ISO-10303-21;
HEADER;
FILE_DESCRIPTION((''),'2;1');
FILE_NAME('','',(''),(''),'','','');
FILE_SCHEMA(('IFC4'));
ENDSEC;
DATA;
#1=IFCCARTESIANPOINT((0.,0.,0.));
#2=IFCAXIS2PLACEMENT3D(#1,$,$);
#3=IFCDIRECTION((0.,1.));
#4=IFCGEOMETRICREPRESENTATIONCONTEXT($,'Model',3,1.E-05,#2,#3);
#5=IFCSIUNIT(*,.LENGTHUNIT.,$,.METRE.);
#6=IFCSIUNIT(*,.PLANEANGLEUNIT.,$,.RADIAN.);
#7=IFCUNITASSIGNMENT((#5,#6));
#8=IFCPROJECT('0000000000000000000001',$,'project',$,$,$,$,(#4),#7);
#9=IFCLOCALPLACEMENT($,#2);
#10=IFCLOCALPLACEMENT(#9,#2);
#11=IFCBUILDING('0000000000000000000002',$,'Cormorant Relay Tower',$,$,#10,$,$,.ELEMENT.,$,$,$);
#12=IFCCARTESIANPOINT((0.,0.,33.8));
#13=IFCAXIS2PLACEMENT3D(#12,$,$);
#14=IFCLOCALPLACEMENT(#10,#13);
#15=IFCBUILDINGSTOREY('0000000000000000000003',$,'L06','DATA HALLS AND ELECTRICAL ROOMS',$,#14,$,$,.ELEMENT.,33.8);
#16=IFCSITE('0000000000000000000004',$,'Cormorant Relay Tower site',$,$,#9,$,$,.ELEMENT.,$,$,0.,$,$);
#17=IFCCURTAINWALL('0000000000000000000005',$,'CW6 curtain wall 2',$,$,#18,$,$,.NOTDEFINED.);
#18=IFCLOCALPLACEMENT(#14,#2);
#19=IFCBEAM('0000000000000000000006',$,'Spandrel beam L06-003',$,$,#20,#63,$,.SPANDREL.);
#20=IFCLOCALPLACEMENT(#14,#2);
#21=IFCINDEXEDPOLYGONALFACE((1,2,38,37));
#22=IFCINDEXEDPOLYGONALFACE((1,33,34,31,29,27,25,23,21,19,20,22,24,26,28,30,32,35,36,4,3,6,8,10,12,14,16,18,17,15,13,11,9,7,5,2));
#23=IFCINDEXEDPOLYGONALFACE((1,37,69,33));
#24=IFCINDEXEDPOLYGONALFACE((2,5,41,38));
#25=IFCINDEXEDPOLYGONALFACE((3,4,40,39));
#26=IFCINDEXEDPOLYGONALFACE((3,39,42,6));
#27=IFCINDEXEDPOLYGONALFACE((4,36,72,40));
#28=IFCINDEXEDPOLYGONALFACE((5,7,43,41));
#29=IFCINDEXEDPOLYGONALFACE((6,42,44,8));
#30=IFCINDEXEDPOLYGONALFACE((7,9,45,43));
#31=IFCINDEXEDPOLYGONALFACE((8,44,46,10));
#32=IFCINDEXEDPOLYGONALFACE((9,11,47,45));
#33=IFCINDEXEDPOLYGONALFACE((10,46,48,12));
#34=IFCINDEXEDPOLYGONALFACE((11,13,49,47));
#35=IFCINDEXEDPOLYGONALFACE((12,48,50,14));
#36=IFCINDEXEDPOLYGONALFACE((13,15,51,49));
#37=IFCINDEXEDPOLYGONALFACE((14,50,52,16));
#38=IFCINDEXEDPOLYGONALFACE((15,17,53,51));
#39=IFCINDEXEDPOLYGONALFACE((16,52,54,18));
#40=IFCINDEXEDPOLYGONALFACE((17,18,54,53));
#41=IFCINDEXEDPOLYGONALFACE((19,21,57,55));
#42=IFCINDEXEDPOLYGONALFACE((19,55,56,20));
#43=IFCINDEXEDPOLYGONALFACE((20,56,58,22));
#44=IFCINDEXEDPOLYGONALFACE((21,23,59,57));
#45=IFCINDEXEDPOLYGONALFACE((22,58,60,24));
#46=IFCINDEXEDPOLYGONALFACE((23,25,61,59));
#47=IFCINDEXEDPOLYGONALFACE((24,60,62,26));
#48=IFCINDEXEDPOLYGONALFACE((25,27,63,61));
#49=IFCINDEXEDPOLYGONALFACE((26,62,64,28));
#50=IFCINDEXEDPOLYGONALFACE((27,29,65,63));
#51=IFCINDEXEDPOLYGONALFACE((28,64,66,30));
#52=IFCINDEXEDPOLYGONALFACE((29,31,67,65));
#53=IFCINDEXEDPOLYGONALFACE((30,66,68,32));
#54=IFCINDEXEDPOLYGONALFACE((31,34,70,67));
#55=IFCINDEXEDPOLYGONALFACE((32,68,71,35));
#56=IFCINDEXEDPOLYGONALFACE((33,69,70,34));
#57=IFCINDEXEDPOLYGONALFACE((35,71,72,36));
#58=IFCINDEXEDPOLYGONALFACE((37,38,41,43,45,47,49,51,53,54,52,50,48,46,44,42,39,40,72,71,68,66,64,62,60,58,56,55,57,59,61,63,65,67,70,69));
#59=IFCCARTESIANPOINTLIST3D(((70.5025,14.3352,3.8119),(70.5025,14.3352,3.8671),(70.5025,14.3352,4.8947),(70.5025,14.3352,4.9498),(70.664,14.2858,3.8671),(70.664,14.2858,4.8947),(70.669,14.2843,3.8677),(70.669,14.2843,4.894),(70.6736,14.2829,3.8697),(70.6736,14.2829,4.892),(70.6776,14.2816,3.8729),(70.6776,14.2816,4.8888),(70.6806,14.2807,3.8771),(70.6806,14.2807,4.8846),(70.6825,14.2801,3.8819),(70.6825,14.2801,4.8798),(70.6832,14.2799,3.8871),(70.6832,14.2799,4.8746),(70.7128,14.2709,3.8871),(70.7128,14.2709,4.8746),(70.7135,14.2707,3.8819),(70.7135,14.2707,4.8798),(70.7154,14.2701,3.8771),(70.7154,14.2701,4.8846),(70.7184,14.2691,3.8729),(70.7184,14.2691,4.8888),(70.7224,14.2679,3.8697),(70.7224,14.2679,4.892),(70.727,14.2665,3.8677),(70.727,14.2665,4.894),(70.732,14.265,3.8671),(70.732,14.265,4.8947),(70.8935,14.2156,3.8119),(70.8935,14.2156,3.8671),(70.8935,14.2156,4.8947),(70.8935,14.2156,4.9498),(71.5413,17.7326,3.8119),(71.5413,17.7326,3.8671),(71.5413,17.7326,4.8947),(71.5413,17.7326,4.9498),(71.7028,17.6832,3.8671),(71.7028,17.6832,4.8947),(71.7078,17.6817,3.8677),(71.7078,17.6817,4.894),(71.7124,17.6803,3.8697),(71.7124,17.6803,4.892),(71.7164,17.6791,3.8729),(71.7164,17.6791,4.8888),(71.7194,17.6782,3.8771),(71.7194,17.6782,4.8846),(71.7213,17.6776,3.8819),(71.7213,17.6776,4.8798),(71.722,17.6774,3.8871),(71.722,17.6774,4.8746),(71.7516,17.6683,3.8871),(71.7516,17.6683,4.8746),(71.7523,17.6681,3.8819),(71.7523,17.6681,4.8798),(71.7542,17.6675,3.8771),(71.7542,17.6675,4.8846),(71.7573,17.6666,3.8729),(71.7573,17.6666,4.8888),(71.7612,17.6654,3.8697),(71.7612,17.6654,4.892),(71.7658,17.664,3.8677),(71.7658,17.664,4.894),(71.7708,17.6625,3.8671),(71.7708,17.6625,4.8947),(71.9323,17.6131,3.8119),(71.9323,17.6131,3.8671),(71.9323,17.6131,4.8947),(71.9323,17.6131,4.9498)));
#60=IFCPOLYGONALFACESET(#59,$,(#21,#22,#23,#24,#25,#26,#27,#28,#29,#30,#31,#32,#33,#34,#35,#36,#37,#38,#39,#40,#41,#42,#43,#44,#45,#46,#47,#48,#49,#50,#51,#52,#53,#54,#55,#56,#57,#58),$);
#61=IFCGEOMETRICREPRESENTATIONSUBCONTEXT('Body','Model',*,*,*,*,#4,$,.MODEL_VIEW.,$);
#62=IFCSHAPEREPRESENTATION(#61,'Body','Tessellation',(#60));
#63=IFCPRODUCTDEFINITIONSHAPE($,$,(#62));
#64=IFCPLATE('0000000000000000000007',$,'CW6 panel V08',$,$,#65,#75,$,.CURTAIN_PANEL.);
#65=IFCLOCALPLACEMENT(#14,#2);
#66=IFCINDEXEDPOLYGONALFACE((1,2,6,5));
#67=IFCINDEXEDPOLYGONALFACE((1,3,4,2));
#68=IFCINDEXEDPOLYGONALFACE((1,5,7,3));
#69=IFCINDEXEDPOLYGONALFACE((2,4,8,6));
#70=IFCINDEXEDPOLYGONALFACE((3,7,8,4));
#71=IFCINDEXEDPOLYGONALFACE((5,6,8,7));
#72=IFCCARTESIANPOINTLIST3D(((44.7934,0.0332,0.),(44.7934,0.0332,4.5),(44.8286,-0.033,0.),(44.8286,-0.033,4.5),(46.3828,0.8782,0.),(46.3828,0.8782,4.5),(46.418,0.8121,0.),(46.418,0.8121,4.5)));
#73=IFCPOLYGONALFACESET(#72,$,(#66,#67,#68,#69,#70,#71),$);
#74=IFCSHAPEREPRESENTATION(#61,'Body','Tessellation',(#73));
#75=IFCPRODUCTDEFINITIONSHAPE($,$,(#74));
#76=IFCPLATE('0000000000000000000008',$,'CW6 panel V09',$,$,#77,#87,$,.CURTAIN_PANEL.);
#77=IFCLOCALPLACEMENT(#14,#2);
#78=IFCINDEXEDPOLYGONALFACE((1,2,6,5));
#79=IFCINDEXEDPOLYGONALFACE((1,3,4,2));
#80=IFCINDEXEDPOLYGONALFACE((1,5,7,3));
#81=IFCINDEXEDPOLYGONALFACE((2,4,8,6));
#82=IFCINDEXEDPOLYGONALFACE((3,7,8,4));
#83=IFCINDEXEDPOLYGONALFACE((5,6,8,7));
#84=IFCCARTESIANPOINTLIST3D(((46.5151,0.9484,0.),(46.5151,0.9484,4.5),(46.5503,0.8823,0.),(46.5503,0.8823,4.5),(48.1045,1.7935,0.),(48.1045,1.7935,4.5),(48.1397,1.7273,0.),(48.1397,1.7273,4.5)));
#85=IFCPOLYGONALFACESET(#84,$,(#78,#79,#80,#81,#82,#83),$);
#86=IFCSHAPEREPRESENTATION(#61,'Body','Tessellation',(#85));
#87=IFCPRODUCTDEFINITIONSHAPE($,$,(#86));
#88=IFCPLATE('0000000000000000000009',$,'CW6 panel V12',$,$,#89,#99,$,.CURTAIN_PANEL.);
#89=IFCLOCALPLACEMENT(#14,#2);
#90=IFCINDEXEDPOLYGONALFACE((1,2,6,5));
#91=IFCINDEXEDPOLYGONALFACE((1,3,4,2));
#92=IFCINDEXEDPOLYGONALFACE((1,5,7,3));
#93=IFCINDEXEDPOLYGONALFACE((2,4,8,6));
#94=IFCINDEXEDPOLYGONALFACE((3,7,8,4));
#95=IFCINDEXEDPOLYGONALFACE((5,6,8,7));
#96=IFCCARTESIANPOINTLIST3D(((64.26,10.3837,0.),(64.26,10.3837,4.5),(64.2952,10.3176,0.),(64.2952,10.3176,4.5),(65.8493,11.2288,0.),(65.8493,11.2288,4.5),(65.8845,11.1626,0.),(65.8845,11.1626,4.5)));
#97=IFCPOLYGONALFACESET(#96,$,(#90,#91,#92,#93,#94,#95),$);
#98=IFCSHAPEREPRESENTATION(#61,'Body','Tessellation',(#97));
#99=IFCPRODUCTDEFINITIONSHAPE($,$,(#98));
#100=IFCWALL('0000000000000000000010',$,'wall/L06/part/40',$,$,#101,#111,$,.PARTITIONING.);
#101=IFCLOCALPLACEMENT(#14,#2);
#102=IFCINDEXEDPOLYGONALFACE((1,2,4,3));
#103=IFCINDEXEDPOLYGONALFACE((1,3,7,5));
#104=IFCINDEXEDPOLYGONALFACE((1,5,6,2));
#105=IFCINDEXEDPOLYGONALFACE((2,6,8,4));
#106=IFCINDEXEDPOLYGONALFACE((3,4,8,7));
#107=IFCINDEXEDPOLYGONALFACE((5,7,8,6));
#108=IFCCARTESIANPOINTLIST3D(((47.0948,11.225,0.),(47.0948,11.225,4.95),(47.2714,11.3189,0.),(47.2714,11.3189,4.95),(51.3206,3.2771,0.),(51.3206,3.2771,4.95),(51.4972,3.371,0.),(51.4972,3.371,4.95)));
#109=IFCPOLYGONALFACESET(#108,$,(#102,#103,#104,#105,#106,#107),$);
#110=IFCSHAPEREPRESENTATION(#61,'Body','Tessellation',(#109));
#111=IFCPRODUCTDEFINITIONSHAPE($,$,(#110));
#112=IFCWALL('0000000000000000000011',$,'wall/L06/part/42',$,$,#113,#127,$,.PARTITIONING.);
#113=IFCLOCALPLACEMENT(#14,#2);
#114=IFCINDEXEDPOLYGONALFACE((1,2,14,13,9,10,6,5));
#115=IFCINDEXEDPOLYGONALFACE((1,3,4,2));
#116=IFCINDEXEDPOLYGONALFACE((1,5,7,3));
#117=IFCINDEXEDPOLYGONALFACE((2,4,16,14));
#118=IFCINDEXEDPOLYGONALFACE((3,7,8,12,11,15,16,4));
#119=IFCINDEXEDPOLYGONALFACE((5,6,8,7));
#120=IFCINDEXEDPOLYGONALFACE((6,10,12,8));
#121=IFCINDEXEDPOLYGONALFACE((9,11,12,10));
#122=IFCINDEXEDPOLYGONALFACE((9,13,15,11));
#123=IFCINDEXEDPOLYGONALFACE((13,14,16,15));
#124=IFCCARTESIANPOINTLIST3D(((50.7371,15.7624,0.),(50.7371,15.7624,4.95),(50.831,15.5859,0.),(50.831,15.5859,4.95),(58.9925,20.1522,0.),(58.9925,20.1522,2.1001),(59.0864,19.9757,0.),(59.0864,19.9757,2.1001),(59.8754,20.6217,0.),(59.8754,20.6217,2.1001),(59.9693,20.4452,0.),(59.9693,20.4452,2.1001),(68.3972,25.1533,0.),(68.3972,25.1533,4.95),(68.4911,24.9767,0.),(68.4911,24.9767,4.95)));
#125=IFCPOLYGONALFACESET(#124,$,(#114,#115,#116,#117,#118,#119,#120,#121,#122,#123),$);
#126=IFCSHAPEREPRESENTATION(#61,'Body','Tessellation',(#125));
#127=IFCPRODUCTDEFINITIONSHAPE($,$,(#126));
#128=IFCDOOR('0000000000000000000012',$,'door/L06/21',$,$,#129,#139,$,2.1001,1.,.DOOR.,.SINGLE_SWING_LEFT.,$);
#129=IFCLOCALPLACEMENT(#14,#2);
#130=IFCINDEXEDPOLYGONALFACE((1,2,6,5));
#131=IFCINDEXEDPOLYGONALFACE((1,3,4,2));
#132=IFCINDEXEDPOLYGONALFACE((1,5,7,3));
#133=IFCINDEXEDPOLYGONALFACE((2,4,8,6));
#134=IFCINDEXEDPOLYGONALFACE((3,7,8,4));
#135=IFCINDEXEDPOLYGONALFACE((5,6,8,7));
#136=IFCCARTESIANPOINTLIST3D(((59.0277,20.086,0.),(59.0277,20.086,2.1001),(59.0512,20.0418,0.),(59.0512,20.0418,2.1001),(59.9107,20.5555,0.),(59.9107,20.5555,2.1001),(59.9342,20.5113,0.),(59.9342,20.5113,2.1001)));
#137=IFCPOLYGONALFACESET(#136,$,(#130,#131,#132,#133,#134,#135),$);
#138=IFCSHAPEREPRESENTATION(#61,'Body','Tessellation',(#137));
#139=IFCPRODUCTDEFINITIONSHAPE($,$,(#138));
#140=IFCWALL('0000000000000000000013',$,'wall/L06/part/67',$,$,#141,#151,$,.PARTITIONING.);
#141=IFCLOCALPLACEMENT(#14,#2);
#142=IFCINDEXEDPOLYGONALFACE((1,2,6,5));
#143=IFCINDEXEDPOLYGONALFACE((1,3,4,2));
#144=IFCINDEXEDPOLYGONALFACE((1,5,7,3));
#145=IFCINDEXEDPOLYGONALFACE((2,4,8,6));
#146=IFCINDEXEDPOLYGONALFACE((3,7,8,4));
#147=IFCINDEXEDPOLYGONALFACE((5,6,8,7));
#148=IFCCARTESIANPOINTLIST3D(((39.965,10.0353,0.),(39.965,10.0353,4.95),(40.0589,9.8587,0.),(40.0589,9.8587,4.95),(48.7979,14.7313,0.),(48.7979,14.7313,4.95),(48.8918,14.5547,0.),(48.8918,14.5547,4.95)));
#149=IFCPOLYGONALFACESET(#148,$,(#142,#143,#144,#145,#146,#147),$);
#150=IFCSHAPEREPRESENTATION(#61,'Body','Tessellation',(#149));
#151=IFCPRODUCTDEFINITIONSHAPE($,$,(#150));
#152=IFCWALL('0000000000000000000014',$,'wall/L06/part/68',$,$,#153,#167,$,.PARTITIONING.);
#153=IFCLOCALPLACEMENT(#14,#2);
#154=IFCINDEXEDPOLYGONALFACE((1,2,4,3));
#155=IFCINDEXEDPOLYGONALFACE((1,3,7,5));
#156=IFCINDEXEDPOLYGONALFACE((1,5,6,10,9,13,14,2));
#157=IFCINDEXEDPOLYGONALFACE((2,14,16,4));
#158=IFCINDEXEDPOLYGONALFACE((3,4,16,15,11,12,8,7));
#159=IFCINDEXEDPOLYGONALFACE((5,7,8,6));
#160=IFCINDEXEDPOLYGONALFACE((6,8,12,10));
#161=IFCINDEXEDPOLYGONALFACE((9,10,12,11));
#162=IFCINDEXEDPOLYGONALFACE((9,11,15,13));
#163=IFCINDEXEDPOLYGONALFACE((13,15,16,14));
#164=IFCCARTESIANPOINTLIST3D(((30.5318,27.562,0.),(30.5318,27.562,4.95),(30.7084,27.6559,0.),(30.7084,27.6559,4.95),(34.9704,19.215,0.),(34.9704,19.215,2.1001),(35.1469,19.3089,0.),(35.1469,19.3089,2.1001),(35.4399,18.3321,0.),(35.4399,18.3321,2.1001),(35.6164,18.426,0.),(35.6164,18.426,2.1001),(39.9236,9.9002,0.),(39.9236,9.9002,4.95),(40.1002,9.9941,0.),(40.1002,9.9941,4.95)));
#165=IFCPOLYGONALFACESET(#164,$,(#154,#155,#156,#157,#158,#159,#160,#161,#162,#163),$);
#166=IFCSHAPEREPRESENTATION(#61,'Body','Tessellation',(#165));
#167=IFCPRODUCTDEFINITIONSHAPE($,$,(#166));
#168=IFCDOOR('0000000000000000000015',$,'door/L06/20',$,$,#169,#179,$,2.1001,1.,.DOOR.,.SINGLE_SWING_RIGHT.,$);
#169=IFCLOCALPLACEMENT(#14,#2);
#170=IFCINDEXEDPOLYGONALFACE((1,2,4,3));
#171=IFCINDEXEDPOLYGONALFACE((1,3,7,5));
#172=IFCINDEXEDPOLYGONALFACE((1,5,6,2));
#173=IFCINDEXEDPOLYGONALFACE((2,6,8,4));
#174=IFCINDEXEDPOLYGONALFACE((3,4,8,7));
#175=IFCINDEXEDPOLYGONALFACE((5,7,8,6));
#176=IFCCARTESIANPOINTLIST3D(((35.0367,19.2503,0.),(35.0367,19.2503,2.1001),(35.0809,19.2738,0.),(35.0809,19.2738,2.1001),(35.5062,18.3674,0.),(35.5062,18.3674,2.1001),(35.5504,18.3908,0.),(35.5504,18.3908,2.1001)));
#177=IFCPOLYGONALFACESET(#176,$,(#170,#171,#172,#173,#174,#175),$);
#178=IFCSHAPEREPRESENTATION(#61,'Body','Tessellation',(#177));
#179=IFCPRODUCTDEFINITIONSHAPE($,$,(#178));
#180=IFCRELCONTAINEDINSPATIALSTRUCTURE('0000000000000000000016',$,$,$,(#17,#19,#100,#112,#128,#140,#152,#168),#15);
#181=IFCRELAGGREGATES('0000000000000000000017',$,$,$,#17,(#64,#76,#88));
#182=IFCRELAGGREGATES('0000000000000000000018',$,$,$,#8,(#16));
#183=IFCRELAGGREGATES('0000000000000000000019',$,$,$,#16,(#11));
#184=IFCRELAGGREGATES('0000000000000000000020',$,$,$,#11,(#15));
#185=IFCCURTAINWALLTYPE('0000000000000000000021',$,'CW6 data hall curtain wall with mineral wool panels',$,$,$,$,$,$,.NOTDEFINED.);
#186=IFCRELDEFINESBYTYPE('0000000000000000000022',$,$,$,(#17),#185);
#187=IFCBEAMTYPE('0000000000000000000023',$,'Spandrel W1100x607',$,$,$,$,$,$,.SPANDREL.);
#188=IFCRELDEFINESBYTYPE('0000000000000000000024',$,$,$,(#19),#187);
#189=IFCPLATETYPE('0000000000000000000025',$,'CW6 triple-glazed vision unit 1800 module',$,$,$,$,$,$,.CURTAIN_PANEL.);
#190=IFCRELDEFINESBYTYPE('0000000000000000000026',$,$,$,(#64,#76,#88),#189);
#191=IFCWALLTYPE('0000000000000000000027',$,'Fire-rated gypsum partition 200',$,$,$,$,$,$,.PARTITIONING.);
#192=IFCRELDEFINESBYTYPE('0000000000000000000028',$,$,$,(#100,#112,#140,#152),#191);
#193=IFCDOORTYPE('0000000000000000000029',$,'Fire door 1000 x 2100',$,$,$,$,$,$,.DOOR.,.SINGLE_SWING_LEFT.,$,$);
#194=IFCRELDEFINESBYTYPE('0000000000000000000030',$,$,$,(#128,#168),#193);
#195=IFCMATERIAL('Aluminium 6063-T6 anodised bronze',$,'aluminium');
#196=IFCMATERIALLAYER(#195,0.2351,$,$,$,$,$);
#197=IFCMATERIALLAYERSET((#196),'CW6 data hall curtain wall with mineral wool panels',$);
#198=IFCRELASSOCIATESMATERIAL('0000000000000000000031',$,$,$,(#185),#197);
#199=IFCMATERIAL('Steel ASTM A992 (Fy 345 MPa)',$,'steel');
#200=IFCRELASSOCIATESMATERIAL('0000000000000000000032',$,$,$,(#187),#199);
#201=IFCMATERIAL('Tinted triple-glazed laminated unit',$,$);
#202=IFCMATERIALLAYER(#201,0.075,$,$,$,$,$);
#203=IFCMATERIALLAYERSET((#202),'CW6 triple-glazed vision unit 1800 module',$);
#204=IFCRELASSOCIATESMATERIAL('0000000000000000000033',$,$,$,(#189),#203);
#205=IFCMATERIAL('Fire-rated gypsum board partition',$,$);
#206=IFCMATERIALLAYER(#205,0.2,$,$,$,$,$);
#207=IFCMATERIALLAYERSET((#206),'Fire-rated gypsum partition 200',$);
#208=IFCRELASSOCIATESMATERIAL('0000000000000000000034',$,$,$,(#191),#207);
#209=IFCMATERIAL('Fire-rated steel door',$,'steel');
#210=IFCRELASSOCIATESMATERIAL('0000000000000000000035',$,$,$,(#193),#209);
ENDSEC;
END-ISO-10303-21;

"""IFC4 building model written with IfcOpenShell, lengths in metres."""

from ifc_helpers import new_model, si_unit, direction, frame, frame_2d, origin, origin_2d, place, context, subcontext, project, spatial, rectangle, i_section, extrude, material, layer, layer_set, material_profile, profile_set, type_object, element, fill, aggregate, save


model = new_model("IFC4")

# Units and contexts
model_context = context("Model", 3, precision=1e-05, world=origin(), true_north=direction((0.0, 1.0)))
body_context = subcontext(model_context, "Body", "Model", "MODEL_VIEW")
ifc_project = project(units=[si_unit("LENGTHUNIT", "METRE"), si_unit("PLANEANGLEUNIT", "RADIAN")], contexts=[model_context])

# Site, building, storey
site_placement = place(None, origin())
site = spatial("IfcSite", under=ifc_project, at=site_placement, Name="Cormorant Relay Tower site", CompositionType="ELEMENT", RefElevation=0.0)
building_placement = place(site_placement, origin())
building = spatial("IfcBuilding", under=site, at=building_placement, Name="Cormorant Relay Tower", CompositionType="ELEMENT")
storey_placement = place(building_placement, frame((0.0, 0.0, 33.8)))
storey = spatial("IfcBuildingStorey", under=building, at=storey_placement, Name="L06", Description="DATA HALLS AND ELECTRICAL ROOMS", CompositionType="ELEMENT", Elevation=33.8)

# Curtain wall
ifc_material_1 = material(Name="Aluminium 6063-T6 anodised bronze", Category="aluminium")
ifc_layer_1 = layer(ifc_material_1, 0.2351)
ifc_layer_set_1 = layer_set([ifc_layer_1], Name="CW6 data hall curtain wall with mineral wool panels")
curtain_wall_type = type_object("IfcCurtainWallType", Name="CW6 data hall curtain wall with mineral wool panels", PredefinedType="NOTDEFINED", material=ifc_layer_set_1)
curtain_wall_1_placement = place(storey_placement, origin())
curtain_wall_1 = element("IfcCurtainWall", 1, at=curtain_wall_1_placement, inside=storey, type_object=curtain_wall_type, Name="CW6 curtain wall 2", PredefinedType="NOTDEFINED")

# Beam
ifc_material_2 = material(Name="Steel ASTM A992 (Fy 345 MPa)", Category="steel")
ifc_material_profile_1 = material_profile(ifc_material_2, i_section(OverallWidth=0.4089, OverallDepth=1.1379, WebThickness=0.031, FlangeThickness=0.0552, FilletRadius=0.02, at=origin_2d()), Name="W1100x607")
ifc_profile_set_1 = profile_set([ifc_material_profile_1], Name="Steel ASTM A992 (Fy 345 MPa)")
beam_type = type_object("IfcBeamType", Name="Spandrel W1100x607", PredefinedType="SPANDREL", material=ifc_profile_set_1)
beam_placement = place(storey_placement, frame((70.698, 14.2754, 4.3809), z_axis=(0.2924, 0.956296, 0.0), x_axis=(-0.956296, 0.2924, 0.0)))
element("IfcBeam", 2, at=beam_placement, inside=storey, type_object=beam_type, Name="Spandrel beam L06-003", PredefinedType="SPANDREL", context=body_context, shape_type="SweptSolid", body=[
    extrude(i_section(OverallWidth=0.4089, OverallDepth=1.1379, WebThickness=0.031, FlangeThickness=0.0552, FilletRadius=0.02, at=origin_2d()), origin(), (0.0, 0.0, 1.0), 3.5527),
])

# Plates
ifc_material_3 = material(Name="Tinted triple-glazed laminated unit")
ifc_layer_2 = layer(ifc_material_3, 0.075)
ifc_layer_set_2 = layer_set([ifc_layer_2], Name="CW6 triple-glazed vision unit 1800 module")
plate_type = type_object("IfcPlateType", Name="CW6 triple-glazed vision unit 1800 module", PredefinedType="CURTAIN_PANEL", material=ifc_layer_set_2)
plate_1_placement = place(storey_placement, frame((45.6057, 0.4226, 0.0), z_axis=(0.0, 0.0, 1.0), x_axis=(0.882948, 0.469472, 0.0)))
plate_1 = element("IfcPlate", 3, at=plate_1_placement, type_object=plate_type, Name="CW6 panel V08", PredefinedType="CURTAIN_PANEL", context=body_context, shape_type="SweptSolid", body=[
    extrude(rectangle(XDim=1.8, YDim=0.075, at=origin_2d()), origin(), (0.0, 0.0, 1.0), 4.5),
])
plate_2_placement = place(storey_placement, frame((47.3274, 1.3379, 0.0), z_axis=(0.0, 0.0, 1.0), x_axis=(0.882948, 0.469472, 0.0)))
plate_2 = element("IfcPlate", 4, at=plate_2_placement, type_object=plate_type, Name="CW6 panel V09", PredefinedType="CURTAIN_PANEL", context=body_context, shape_type="SweptSolid", body=[
    extrude(rectangle(XDim=1.8, YDim=0.075, at=origin_2d()), origin(), (0.0, 0.0, 1.0), 4.5),
])
plate_3_placement = place(storey_placement, frame((65.0723, 10.7732, 0.0), z_axis=(0.0, 0.0, 1.0), x_axis=(0.882948, 0.469472, 0.0)))
plate_3 = element("IfcPlate", 5, at=plate_3_placement, type_object=plate_type, Name="CW6 panel V12", PredefinedType="CURTAIN_PANEL", context=body_context, shape_type="SweptSolid", body=[
    extrude(rectangle(XDim=1.8, YDim=0.075, at=origin_2d()), origin(), (0.0, 0.0, 1.0), 4.5),
])

# Wall
ifc_material_4 = material(Name="Fire-rated gypsum board partition")
ifc_layer_3 = layer(ifc_material_4, 0.2)
ifc_layer_set_3 = layer_set([ifc_layer_3], Name="Fire-rated gypsum partition 200")
wall_type_1 = type_object("IfcWallType", Name="Fire-rated gypsum partition 200", PredefinedType="PARTITIONING", material=ifc_layer_set_3)
wall_1_placement = place(storey_placement, frame((47.1831, 11.272, 0.0), z_axis=(0.0, 0.0, 1.0), x_axis=(0.469455, -0.882957, 0.0)))
element("IfcWall", 6, at=wall_1_placement, inside=storey, type_object=wall_type_1, Name="wall/L06/part/40", PredefinedType="PARTITIONING", context=body_context, shape_type="SweptSolid", body=[
    extrude(rectangle(XDim=9.0015, YDim=0.2, at=frame_2d((4.5007, 0.0))), origin(), (0.0, 0.0, 1.0), 4.95),
])

# Wall, opening, door
wall_2_placement = place(storey_placement, frame((50.7839, 15.6741, 0.0), z_axis=(0.0, 0.0, 1.0), x_axis=(0.882931, 0.469503, 0.0)))
wall_2 = element("IfcWall", 7, at=wall_2_placement, inside=storey, type_object=wall_type_1, Name="wall/L06/part/42", PredefinedType="PARTITIONING", context=body_context, shape_type="SweptSolid", body=[
    extrude(rectangle(XDim=20.0017, YDim=0.2, at=frame_2d((10.001, 0.0))), origin(), (0.0, 0.0, 1.0), 4.95),
])
opening_1_placement = place(wall_2_placement, frame((9.3501, 0.0, 0.0)))
opening_1 = element("IfcOpeningElement", 8, at=opening_1_placement, cuts=wall_2, PredefinedType="OPENING", context=body_context, shape_type="SweptSolid", body=[
    extrude(rectangle(XDim=1.0, YDim=2.1001, at=frame_2d((0.5, 1.05))), frame((0.0, 0.1099, 0.0), z_axis=(0.0, -1.0, 0.0), x_axis=(1.0, 0.0, 0.0)), (0.0, 0.0, 1.0), 0.22),
])
ifc_material_5 = material(Name="Fire-rated steel door", Category="steel")
door_type_1 = type_object("IfcDoorType", Name="Fire door 1000 x 2100", OperationType="SINGLE_SWING_LEFT", PredefinedType="DOOR", material=ifc_material_5)
door_1_placement = place(opening_1_placement, origin())
door_1 = element("IfcDoor", 9, at=door_1_placement, inside=storey, type_object=door_type_1, Name="door/L06/21", OperationType="SINGLE_SWING_LEFT", OverallHeight=2.1001, OverallWidth=1.0, PredefinedType="DOOR", context=body_context, shape_type="SweptSolid", body=[
    extrude(rectangle(XDim=1.0, YDim=2.1001, at=frame_2d((0.5, 1.05))), frame((0.0, 0.0249, 0.0), z_axis=(0.0, -1.0, 0.0), x_axis=(1.0, 0.0, 0.0)), (0.0, 0.0, 1.0), 0.05),
])
fill(opening_1, door_1)

# Wall
wall_3_placement = place(storey_placement, frame((48.845, 14.6431, 0.0), z_axis=(0.0, 0.0, 1.0), x_axis=(-0.88297, -0.469429, 0.0)))
element("IfcWall", 10, at=wall_3_placement, inside=storey, type_object=wall_type_1, Name="wall/L06/part/67", PredefinedType="PARTITIONING", context=body_context, shape_type="SweptSolid", body=[
    extrude(rectangle(XDim=10.0037, YDim=0.2, at=frame_2d((5.002, 0.0))), origin(), (0.0, 0.0, 1.0), 4.95),
])

# Wall, opening, door
wall_4_placement = place(storey_placement, frame((40.012, 9.947, 0.0), z_axis=(0.0, 0.0, 1.0), x_axis=(-0.469505, 0.88293, 0.0)))
wall_4 = element("IfcWall", 11, at=wall_4_placement, inside=storey, type_object=wall_type_1, Name="wall/L06/part/68", PredefinedType="PARTITIONING", context=body_context, shape_type="SweptSolid", body=[
    extrude(rectangle(XDim=20.0037, YDim=0.2, at=frame_2d((10.002, 0.0))), origin(), (0.0, 0.0, 1.0), 4.95),
])
opening_2_placement = place(wall_4_placement, frame((9.55, 0.0, 0.0)))
opening_2 = element("IfcOpeningElement", 12, at=opening_2_placement, cuts=wall_4, PredefinedType="OPENING", context=body_context, shape_type="SweptSolid", body=[
    extrude(rectangle(XDim=1.0, YDim=2.1001, at=frame_2d((0.5, 1.05))), frame((0.0, 0.1099, 0.0), z_axis=(0.0, -1.0, 0.0), x_axis=(1.0, 0.0, 0.0)), (0.0, 0.0, 1.0), 0.22),
])
door_2_placement = place(opening_2_placement, origin())
door_2 = element("IfcDoor", 13, at=door_2_placement, inside=storey, type_object=door_type_1, Name="door/L06/20", OperationType="SINGLE_SWING_RIGHT", OverallHeight=2.1001, OverallWidth=1.0, PredefinedType="DOOR", context=body_context, shape_type="SweptSolid", body=[
    extrude(rectangle(XDim=1.0, YDim=2.1001, at=frame_2d((0.5, 1.05))), frame((0.0, 0.0249, 0.0), z_axis=(0.0, -1.0, 0.0), x_axis=(1.0, 0.0, 0.0)), (0.0, 0.0, 1.0), 0.05),
])
fill(opening_2, door_2)

aggregate(curtain_wall_1, [plate_1, plate_2, plate_3])

save(model, "model.ifc")
